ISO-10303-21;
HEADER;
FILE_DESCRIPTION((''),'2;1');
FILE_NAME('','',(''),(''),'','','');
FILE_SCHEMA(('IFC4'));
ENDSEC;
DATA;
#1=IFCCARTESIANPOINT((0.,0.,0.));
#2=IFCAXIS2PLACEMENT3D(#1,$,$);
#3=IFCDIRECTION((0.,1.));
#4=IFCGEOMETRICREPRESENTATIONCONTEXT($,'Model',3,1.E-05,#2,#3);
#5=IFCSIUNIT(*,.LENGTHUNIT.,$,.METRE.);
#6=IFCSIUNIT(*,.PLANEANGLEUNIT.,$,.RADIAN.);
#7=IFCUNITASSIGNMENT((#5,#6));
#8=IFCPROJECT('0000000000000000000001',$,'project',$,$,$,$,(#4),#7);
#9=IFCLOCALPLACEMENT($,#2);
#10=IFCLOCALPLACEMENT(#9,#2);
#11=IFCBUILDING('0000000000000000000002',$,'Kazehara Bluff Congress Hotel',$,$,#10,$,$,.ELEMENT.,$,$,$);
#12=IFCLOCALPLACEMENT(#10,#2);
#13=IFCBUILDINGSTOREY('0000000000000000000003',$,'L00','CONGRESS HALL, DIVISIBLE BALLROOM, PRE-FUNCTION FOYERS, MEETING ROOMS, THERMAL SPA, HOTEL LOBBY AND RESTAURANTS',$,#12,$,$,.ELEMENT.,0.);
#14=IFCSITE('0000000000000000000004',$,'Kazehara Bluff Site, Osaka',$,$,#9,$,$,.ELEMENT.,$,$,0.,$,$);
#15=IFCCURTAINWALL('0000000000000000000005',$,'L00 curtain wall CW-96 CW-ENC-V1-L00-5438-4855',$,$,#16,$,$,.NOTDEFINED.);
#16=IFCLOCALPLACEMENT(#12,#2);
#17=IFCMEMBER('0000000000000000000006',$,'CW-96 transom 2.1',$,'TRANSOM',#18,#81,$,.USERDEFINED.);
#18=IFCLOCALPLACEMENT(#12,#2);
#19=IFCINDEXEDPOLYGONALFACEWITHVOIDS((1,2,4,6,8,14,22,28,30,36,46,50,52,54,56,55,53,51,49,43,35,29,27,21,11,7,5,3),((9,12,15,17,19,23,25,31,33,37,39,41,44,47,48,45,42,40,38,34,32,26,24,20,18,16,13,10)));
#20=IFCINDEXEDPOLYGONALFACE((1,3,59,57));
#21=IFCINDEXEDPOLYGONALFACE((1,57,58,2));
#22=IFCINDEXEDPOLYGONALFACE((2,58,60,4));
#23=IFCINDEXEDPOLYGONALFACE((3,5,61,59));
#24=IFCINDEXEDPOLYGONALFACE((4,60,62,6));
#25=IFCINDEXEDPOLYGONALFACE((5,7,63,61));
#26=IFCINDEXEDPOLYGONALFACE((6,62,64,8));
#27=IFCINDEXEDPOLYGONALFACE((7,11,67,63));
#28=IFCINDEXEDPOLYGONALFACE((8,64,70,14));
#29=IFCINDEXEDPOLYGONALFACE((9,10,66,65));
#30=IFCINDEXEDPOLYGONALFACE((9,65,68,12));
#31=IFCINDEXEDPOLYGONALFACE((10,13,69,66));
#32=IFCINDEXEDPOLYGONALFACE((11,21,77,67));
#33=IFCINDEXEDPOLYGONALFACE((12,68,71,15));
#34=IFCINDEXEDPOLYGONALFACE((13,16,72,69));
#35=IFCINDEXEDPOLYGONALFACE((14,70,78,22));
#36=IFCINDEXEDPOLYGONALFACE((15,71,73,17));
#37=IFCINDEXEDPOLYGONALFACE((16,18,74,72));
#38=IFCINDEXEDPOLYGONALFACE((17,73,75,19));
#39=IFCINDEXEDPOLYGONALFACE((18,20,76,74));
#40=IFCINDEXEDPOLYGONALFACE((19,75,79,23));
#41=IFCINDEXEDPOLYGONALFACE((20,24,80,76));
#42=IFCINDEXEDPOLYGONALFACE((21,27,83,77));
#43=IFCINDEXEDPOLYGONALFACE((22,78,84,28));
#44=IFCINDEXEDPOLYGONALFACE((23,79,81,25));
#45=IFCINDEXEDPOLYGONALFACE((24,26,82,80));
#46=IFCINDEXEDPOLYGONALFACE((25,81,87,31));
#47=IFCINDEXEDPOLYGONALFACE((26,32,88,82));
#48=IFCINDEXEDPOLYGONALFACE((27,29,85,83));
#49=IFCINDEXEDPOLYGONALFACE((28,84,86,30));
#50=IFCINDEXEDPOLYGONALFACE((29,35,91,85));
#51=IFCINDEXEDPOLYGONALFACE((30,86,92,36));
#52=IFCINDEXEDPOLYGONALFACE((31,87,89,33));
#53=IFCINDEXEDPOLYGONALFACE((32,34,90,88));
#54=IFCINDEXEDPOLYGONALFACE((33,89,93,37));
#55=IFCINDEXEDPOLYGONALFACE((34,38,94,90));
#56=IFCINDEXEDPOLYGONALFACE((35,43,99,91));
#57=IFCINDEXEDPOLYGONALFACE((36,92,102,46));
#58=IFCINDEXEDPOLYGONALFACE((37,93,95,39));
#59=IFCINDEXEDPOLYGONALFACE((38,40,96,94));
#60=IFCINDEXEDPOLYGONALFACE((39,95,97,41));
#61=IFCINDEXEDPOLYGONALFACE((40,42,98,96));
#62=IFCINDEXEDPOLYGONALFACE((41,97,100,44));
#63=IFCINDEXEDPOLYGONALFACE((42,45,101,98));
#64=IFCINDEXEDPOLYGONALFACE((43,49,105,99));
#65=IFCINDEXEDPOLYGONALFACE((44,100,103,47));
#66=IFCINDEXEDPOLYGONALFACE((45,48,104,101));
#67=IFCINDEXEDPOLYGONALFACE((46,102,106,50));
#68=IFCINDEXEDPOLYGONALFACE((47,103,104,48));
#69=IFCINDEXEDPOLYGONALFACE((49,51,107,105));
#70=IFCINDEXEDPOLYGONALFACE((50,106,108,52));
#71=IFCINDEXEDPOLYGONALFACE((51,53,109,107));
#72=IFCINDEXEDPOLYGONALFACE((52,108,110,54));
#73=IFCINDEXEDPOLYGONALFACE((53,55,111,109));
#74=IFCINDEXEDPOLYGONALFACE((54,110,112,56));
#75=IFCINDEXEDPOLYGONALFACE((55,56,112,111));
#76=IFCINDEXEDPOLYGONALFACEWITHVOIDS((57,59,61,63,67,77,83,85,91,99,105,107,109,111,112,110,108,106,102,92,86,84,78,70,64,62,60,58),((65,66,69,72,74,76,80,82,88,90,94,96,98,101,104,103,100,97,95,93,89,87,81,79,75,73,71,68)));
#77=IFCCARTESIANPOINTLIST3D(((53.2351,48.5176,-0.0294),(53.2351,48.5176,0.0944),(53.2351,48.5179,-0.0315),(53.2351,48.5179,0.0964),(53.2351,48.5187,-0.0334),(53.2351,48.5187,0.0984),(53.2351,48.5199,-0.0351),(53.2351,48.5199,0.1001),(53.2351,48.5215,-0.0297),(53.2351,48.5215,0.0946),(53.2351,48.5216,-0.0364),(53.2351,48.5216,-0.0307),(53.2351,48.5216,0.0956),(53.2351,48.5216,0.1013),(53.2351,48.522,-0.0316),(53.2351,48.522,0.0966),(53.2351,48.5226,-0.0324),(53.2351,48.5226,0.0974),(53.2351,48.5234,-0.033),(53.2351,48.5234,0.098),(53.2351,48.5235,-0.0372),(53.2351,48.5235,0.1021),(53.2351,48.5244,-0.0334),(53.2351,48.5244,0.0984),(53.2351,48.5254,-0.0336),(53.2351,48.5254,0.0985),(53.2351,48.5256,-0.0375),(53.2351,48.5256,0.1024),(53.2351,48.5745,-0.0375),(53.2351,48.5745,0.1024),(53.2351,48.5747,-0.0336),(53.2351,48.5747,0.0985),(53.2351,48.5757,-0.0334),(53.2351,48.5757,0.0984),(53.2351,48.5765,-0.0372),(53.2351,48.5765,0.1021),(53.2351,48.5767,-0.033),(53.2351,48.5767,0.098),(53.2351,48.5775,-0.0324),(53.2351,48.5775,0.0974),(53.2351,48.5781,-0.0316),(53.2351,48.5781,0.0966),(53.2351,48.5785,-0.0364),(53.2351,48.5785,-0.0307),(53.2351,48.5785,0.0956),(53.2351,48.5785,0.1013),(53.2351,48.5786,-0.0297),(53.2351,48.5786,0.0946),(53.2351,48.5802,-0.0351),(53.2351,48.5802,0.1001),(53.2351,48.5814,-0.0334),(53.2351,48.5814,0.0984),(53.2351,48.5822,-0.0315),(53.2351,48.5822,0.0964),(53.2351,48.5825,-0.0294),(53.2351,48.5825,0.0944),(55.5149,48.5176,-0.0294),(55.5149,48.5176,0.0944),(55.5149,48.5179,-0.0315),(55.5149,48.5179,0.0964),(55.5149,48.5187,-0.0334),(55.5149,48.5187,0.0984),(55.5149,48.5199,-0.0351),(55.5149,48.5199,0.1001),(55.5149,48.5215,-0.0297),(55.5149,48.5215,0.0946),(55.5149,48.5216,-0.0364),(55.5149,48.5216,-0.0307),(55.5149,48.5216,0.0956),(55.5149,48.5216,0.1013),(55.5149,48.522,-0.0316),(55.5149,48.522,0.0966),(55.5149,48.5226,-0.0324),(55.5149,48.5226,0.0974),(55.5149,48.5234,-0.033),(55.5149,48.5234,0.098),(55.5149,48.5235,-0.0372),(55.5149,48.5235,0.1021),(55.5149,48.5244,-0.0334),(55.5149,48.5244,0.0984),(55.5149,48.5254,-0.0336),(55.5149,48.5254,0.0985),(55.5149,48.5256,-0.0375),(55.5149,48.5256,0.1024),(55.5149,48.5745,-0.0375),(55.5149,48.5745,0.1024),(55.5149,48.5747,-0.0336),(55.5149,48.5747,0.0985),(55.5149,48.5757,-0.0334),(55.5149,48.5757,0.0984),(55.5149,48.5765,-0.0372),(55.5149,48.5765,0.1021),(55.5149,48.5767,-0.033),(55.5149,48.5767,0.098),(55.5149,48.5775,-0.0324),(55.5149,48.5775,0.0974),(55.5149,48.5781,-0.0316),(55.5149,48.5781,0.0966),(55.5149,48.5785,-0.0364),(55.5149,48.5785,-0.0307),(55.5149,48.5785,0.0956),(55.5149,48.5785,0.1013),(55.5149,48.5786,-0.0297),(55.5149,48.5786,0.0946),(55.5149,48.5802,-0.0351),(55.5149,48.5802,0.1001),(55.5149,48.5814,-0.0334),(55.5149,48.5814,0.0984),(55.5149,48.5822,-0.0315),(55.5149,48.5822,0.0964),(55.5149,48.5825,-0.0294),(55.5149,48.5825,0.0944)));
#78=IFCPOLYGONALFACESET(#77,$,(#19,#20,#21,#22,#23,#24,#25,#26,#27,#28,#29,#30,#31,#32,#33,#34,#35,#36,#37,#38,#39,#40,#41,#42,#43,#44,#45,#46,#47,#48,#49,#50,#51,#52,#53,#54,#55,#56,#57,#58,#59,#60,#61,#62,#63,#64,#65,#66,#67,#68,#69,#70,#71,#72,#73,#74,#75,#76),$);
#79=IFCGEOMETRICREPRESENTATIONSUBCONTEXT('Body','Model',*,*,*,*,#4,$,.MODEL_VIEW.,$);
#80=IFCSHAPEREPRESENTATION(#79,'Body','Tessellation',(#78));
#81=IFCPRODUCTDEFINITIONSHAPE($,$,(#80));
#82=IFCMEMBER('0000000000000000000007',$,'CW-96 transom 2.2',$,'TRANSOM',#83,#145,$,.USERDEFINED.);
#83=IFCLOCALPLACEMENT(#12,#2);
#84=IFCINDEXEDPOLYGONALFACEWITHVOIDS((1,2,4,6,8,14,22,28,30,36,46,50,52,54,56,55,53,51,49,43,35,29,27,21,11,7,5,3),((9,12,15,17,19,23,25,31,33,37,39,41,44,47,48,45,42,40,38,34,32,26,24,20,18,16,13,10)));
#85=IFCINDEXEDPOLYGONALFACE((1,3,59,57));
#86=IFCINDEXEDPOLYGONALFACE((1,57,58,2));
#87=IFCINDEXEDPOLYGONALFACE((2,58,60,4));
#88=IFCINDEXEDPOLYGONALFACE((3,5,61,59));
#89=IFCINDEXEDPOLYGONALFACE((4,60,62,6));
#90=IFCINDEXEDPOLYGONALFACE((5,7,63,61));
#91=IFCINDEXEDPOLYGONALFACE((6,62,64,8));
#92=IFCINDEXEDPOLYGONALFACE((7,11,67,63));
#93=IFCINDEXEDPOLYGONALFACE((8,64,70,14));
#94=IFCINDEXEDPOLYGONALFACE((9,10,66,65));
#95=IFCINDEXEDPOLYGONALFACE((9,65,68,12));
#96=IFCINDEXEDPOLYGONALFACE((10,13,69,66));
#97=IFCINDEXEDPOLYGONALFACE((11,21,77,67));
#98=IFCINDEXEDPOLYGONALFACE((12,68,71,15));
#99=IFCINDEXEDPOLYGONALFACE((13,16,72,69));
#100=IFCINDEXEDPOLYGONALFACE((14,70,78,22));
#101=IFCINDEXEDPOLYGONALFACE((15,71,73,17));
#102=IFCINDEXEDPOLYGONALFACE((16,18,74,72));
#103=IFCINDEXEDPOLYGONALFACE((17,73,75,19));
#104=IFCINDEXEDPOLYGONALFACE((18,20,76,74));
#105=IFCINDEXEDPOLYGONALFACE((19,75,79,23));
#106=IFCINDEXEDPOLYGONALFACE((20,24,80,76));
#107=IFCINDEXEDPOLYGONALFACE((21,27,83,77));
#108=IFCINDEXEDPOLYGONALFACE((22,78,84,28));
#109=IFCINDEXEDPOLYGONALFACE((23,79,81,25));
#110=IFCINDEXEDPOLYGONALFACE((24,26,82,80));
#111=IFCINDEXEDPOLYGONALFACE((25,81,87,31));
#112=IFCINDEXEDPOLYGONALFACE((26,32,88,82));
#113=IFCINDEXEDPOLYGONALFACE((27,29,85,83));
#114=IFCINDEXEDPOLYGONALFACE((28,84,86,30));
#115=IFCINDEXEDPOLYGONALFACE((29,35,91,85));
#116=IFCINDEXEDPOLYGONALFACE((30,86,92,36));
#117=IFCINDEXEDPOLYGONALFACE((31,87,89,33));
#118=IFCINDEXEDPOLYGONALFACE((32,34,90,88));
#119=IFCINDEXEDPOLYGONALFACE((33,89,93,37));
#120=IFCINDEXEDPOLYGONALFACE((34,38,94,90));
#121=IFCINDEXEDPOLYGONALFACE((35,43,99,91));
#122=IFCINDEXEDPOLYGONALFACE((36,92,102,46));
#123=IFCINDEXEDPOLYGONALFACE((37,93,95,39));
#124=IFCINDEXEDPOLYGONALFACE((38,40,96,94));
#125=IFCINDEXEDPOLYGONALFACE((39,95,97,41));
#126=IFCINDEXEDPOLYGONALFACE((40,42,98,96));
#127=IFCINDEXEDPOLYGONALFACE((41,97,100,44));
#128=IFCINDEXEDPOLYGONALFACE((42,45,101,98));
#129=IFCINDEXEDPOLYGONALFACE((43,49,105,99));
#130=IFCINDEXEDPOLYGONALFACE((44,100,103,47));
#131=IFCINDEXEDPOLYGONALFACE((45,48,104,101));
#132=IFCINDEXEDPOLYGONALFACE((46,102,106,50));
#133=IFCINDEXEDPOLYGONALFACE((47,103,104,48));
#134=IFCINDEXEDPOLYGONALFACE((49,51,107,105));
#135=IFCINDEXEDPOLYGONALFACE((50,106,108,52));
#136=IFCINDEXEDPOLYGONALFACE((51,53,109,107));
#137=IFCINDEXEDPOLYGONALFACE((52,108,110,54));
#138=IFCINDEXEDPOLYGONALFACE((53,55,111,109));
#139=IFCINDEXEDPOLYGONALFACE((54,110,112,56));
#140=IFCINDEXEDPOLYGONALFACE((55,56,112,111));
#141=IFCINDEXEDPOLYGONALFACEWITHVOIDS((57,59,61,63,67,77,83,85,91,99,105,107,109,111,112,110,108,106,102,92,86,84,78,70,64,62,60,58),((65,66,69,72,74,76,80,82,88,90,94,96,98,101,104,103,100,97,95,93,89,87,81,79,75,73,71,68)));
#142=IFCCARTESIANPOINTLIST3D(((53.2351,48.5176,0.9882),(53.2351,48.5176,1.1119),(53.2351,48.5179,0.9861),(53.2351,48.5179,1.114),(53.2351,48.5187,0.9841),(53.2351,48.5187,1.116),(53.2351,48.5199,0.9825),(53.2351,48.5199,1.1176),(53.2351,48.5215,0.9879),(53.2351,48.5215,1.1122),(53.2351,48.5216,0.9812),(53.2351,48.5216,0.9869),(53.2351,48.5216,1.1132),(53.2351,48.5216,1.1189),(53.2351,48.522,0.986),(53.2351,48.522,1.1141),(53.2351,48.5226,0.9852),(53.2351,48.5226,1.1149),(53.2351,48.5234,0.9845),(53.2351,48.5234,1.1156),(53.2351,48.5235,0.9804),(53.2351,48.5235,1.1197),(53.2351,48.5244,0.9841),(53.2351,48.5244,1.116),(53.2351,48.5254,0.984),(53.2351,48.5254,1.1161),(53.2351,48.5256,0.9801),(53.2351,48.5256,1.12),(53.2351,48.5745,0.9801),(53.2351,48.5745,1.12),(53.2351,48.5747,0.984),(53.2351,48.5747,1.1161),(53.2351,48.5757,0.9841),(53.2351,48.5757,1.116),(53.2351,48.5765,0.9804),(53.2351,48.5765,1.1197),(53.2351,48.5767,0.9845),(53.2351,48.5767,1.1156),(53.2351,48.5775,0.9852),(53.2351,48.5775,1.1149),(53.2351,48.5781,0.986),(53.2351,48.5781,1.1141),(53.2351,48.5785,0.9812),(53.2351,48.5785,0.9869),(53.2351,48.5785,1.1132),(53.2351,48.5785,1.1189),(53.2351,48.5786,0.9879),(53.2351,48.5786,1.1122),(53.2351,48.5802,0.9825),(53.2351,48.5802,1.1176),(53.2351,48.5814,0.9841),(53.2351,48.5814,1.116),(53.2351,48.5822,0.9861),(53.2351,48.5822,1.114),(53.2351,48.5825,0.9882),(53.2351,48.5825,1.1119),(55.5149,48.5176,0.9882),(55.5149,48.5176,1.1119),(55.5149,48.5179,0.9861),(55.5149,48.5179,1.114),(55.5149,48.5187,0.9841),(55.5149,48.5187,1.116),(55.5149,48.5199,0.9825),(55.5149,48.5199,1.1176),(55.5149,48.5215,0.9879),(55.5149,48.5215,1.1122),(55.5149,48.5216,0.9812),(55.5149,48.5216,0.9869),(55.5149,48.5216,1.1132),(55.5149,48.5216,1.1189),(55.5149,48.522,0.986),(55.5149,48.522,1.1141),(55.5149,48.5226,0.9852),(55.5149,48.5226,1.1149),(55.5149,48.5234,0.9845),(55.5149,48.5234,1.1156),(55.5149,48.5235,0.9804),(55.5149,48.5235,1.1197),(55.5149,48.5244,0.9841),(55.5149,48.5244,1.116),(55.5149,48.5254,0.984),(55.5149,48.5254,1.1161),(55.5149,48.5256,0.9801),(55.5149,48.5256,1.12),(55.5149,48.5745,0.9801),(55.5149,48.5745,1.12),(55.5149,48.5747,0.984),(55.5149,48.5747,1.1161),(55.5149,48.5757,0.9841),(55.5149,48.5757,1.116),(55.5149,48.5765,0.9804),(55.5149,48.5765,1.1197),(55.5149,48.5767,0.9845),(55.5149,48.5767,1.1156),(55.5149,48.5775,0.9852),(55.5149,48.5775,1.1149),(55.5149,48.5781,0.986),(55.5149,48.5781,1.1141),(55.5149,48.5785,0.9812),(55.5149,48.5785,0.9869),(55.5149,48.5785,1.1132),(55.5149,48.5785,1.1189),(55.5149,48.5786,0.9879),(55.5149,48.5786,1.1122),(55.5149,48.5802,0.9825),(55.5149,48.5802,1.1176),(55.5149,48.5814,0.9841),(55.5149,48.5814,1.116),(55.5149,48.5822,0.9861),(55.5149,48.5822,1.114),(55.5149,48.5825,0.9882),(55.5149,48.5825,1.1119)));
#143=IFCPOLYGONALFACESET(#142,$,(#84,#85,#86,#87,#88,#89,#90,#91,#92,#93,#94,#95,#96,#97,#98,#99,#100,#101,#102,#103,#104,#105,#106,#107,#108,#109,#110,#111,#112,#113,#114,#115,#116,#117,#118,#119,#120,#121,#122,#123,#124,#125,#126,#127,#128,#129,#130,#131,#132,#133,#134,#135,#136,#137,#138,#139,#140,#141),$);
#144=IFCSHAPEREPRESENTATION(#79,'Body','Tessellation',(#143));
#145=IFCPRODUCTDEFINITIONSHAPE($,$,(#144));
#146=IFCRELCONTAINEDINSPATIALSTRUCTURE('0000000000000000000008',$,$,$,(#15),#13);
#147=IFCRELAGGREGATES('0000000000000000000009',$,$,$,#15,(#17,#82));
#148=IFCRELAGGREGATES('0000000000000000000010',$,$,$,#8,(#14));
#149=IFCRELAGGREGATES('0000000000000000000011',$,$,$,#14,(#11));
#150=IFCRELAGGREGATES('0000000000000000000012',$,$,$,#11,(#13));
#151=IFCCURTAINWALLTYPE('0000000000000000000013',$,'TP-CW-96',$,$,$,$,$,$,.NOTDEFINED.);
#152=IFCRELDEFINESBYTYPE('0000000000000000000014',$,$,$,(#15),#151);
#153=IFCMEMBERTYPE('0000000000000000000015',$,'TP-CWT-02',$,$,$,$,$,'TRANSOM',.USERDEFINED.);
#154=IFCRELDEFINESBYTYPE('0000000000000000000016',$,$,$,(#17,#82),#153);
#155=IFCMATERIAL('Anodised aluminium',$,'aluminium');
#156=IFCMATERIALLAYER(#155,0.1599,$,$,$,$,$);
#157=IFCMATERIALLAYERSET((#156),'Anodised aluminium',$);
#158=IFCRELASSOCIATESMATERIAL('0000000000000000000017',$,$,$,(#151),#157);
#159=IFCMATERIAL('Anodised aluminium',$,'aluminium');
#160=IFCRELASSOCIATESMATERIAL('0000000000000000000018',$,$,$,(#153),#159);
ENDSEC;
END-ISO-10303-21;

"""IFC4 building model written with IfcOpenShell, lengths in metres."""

from ifc_helpers import new_model, si_unit, direction, frame, origin, origin_2d, place, context, subcontext, project, spatial, hollow_rectangle, extrude, material, layer, layer_set, material_profile, profile_set, type_object, element, aggregate, save


model = new_model("IFC4")

# Units and contexts
model_context = context("Model", 3, precision=1e-05, world=origin(), true_north=direction((0.0, 1.0)))
body_context = subcontext(model_context, "Body", "Model", "MODEL_VIEW")
ifc_project = project(units=[si_unit("LENGTHUNIT", "METRE"), si_unit("PLANEANGLEUNIT", "RADIAN")], contexts=[model_context])

# Site, building, storey
site_placement = place(None, origin())
site = spatial("IfcSite", under=ifc_project, at=site_placement, Name="Kazehara Bluff Site, Osaka", CompositionType="ELEMENT", RefElevation=0.0)
building_placement = place(site_placement, origin())
building = spatial("IfcBuilding", under=site, at=building_placement, Name="Kazehara Bluff Congress Hotel", CompositionType="ELEMENT")
storey_placement = place(building_placement, origin())
storey = spatial("IfcBuildingStorey", under=building, at=storey_placement, Name="L00", Description="CONGRESS HALL, DIVISIBLE BALLROOM, PRE-FUNCTION FOYERS, MEETING ROOMS, THERMAL SPA, HOTEL LOBBY AND RESTAURANTS", CompositionType="ELEMENT", Elevation=0.0)

# Curtain wall, members
ifc_material_1 = material(Name="Anodised aluminium", Category="aluminium")
ifc_layer_1 = layer(ifc_material_1, 0.1599)
ifc_layer_set_1 = layer_set([ifc_layer_1], Name="Anodised aluminium")
curtain_wall_type = type_object("IfcCurtainWallType", Name="TP-CW-96", PredefinedType="NOTDEFINED", material=ifc_layer_set_1)
curtain_wall_placement = place(storey_placement, origin())
curtain_wall = element("IfcCurtainWall", 1, at=curtain_wall_placement, inside=storey, type_object=curtain_wall_type, Name="L00 curtain wall CW-96 CW-ENC-V1-L00-5438-4855", PredefinedType="NOTDEFINED")
ifc_material_2 = material(Name="Anodised aluminium", Category="aluminium")
ifc_material_profile_1 = material_profile(ifc_material_2, hollow_rectangle(XDim=0.0649, YDim=0.1399, WallThickness=0.0039, InnerFilletRadius=0.0039, OuterFilletRadius=0.0081, at=origin_2d()))
ifc_profile_set_1 = profile_set([ifc_material_profile_1], Name="Anodised aluminium")
member_type_1 = type_object("IfcMemberType", Name="TP-CWT-02", ElementType="TRANSOM", PredefinedType="USERDEFINED", material=ifc_profile_set_1)
member_1_placement = place(storey_placement, frame((55.5149, 48.55, 0.0325), z_axis=(-1.0, 0.0, 0.0), x_axis=(0.0, -1.0, 0.0)))
member_1 = element("IfcMember", 2, at=member_1_placement, type_object=member_type_1, Name="CW-96 transom 2.1", ObjectType="TRANSOM", PredefinedType="USERDEFINED", context=body_context, shape_type="SweptSolid", body=[
    extrude(hollow_rectangle(XDim=0.0649, YDim=0.1399, WallThickness=0.0039, InnerFilletRadius=0.0039, OuterFilletRadius=0.0081, at=origin_2d()), origin(), (0.0, 0.0, 1.0), 2.2798),
])
member_2_placement = place(storey_placement, frame((55.5149, 48.55, 1.05), z_axis=(-1.0, 0.0, 0.0), x_axis=(0.0, -1.0, 0.0)))
member_2 = element("IfcMember", 3, at=member_2_placement, type_object=member_type_1, Name="CW-96 transom 2.2", ObjectType="TRANSOM", PredefinedType="USERDEFINED", context=body_context, shape_type="SweptSolid", body=[
    extrude(hollow_rectangle(XDim=0.0649, YDim=0.1399, WallThickness=0.0039, InnerFilletRadius=0.0039, OuterFilletRadius=0.0081, at=origin_2d()), origin(), (0.0, 0.0, 1.0), 2.2798),
])
aggregate(curtain_wall, [member_1, member_2])

save(model, "model.ifc")
